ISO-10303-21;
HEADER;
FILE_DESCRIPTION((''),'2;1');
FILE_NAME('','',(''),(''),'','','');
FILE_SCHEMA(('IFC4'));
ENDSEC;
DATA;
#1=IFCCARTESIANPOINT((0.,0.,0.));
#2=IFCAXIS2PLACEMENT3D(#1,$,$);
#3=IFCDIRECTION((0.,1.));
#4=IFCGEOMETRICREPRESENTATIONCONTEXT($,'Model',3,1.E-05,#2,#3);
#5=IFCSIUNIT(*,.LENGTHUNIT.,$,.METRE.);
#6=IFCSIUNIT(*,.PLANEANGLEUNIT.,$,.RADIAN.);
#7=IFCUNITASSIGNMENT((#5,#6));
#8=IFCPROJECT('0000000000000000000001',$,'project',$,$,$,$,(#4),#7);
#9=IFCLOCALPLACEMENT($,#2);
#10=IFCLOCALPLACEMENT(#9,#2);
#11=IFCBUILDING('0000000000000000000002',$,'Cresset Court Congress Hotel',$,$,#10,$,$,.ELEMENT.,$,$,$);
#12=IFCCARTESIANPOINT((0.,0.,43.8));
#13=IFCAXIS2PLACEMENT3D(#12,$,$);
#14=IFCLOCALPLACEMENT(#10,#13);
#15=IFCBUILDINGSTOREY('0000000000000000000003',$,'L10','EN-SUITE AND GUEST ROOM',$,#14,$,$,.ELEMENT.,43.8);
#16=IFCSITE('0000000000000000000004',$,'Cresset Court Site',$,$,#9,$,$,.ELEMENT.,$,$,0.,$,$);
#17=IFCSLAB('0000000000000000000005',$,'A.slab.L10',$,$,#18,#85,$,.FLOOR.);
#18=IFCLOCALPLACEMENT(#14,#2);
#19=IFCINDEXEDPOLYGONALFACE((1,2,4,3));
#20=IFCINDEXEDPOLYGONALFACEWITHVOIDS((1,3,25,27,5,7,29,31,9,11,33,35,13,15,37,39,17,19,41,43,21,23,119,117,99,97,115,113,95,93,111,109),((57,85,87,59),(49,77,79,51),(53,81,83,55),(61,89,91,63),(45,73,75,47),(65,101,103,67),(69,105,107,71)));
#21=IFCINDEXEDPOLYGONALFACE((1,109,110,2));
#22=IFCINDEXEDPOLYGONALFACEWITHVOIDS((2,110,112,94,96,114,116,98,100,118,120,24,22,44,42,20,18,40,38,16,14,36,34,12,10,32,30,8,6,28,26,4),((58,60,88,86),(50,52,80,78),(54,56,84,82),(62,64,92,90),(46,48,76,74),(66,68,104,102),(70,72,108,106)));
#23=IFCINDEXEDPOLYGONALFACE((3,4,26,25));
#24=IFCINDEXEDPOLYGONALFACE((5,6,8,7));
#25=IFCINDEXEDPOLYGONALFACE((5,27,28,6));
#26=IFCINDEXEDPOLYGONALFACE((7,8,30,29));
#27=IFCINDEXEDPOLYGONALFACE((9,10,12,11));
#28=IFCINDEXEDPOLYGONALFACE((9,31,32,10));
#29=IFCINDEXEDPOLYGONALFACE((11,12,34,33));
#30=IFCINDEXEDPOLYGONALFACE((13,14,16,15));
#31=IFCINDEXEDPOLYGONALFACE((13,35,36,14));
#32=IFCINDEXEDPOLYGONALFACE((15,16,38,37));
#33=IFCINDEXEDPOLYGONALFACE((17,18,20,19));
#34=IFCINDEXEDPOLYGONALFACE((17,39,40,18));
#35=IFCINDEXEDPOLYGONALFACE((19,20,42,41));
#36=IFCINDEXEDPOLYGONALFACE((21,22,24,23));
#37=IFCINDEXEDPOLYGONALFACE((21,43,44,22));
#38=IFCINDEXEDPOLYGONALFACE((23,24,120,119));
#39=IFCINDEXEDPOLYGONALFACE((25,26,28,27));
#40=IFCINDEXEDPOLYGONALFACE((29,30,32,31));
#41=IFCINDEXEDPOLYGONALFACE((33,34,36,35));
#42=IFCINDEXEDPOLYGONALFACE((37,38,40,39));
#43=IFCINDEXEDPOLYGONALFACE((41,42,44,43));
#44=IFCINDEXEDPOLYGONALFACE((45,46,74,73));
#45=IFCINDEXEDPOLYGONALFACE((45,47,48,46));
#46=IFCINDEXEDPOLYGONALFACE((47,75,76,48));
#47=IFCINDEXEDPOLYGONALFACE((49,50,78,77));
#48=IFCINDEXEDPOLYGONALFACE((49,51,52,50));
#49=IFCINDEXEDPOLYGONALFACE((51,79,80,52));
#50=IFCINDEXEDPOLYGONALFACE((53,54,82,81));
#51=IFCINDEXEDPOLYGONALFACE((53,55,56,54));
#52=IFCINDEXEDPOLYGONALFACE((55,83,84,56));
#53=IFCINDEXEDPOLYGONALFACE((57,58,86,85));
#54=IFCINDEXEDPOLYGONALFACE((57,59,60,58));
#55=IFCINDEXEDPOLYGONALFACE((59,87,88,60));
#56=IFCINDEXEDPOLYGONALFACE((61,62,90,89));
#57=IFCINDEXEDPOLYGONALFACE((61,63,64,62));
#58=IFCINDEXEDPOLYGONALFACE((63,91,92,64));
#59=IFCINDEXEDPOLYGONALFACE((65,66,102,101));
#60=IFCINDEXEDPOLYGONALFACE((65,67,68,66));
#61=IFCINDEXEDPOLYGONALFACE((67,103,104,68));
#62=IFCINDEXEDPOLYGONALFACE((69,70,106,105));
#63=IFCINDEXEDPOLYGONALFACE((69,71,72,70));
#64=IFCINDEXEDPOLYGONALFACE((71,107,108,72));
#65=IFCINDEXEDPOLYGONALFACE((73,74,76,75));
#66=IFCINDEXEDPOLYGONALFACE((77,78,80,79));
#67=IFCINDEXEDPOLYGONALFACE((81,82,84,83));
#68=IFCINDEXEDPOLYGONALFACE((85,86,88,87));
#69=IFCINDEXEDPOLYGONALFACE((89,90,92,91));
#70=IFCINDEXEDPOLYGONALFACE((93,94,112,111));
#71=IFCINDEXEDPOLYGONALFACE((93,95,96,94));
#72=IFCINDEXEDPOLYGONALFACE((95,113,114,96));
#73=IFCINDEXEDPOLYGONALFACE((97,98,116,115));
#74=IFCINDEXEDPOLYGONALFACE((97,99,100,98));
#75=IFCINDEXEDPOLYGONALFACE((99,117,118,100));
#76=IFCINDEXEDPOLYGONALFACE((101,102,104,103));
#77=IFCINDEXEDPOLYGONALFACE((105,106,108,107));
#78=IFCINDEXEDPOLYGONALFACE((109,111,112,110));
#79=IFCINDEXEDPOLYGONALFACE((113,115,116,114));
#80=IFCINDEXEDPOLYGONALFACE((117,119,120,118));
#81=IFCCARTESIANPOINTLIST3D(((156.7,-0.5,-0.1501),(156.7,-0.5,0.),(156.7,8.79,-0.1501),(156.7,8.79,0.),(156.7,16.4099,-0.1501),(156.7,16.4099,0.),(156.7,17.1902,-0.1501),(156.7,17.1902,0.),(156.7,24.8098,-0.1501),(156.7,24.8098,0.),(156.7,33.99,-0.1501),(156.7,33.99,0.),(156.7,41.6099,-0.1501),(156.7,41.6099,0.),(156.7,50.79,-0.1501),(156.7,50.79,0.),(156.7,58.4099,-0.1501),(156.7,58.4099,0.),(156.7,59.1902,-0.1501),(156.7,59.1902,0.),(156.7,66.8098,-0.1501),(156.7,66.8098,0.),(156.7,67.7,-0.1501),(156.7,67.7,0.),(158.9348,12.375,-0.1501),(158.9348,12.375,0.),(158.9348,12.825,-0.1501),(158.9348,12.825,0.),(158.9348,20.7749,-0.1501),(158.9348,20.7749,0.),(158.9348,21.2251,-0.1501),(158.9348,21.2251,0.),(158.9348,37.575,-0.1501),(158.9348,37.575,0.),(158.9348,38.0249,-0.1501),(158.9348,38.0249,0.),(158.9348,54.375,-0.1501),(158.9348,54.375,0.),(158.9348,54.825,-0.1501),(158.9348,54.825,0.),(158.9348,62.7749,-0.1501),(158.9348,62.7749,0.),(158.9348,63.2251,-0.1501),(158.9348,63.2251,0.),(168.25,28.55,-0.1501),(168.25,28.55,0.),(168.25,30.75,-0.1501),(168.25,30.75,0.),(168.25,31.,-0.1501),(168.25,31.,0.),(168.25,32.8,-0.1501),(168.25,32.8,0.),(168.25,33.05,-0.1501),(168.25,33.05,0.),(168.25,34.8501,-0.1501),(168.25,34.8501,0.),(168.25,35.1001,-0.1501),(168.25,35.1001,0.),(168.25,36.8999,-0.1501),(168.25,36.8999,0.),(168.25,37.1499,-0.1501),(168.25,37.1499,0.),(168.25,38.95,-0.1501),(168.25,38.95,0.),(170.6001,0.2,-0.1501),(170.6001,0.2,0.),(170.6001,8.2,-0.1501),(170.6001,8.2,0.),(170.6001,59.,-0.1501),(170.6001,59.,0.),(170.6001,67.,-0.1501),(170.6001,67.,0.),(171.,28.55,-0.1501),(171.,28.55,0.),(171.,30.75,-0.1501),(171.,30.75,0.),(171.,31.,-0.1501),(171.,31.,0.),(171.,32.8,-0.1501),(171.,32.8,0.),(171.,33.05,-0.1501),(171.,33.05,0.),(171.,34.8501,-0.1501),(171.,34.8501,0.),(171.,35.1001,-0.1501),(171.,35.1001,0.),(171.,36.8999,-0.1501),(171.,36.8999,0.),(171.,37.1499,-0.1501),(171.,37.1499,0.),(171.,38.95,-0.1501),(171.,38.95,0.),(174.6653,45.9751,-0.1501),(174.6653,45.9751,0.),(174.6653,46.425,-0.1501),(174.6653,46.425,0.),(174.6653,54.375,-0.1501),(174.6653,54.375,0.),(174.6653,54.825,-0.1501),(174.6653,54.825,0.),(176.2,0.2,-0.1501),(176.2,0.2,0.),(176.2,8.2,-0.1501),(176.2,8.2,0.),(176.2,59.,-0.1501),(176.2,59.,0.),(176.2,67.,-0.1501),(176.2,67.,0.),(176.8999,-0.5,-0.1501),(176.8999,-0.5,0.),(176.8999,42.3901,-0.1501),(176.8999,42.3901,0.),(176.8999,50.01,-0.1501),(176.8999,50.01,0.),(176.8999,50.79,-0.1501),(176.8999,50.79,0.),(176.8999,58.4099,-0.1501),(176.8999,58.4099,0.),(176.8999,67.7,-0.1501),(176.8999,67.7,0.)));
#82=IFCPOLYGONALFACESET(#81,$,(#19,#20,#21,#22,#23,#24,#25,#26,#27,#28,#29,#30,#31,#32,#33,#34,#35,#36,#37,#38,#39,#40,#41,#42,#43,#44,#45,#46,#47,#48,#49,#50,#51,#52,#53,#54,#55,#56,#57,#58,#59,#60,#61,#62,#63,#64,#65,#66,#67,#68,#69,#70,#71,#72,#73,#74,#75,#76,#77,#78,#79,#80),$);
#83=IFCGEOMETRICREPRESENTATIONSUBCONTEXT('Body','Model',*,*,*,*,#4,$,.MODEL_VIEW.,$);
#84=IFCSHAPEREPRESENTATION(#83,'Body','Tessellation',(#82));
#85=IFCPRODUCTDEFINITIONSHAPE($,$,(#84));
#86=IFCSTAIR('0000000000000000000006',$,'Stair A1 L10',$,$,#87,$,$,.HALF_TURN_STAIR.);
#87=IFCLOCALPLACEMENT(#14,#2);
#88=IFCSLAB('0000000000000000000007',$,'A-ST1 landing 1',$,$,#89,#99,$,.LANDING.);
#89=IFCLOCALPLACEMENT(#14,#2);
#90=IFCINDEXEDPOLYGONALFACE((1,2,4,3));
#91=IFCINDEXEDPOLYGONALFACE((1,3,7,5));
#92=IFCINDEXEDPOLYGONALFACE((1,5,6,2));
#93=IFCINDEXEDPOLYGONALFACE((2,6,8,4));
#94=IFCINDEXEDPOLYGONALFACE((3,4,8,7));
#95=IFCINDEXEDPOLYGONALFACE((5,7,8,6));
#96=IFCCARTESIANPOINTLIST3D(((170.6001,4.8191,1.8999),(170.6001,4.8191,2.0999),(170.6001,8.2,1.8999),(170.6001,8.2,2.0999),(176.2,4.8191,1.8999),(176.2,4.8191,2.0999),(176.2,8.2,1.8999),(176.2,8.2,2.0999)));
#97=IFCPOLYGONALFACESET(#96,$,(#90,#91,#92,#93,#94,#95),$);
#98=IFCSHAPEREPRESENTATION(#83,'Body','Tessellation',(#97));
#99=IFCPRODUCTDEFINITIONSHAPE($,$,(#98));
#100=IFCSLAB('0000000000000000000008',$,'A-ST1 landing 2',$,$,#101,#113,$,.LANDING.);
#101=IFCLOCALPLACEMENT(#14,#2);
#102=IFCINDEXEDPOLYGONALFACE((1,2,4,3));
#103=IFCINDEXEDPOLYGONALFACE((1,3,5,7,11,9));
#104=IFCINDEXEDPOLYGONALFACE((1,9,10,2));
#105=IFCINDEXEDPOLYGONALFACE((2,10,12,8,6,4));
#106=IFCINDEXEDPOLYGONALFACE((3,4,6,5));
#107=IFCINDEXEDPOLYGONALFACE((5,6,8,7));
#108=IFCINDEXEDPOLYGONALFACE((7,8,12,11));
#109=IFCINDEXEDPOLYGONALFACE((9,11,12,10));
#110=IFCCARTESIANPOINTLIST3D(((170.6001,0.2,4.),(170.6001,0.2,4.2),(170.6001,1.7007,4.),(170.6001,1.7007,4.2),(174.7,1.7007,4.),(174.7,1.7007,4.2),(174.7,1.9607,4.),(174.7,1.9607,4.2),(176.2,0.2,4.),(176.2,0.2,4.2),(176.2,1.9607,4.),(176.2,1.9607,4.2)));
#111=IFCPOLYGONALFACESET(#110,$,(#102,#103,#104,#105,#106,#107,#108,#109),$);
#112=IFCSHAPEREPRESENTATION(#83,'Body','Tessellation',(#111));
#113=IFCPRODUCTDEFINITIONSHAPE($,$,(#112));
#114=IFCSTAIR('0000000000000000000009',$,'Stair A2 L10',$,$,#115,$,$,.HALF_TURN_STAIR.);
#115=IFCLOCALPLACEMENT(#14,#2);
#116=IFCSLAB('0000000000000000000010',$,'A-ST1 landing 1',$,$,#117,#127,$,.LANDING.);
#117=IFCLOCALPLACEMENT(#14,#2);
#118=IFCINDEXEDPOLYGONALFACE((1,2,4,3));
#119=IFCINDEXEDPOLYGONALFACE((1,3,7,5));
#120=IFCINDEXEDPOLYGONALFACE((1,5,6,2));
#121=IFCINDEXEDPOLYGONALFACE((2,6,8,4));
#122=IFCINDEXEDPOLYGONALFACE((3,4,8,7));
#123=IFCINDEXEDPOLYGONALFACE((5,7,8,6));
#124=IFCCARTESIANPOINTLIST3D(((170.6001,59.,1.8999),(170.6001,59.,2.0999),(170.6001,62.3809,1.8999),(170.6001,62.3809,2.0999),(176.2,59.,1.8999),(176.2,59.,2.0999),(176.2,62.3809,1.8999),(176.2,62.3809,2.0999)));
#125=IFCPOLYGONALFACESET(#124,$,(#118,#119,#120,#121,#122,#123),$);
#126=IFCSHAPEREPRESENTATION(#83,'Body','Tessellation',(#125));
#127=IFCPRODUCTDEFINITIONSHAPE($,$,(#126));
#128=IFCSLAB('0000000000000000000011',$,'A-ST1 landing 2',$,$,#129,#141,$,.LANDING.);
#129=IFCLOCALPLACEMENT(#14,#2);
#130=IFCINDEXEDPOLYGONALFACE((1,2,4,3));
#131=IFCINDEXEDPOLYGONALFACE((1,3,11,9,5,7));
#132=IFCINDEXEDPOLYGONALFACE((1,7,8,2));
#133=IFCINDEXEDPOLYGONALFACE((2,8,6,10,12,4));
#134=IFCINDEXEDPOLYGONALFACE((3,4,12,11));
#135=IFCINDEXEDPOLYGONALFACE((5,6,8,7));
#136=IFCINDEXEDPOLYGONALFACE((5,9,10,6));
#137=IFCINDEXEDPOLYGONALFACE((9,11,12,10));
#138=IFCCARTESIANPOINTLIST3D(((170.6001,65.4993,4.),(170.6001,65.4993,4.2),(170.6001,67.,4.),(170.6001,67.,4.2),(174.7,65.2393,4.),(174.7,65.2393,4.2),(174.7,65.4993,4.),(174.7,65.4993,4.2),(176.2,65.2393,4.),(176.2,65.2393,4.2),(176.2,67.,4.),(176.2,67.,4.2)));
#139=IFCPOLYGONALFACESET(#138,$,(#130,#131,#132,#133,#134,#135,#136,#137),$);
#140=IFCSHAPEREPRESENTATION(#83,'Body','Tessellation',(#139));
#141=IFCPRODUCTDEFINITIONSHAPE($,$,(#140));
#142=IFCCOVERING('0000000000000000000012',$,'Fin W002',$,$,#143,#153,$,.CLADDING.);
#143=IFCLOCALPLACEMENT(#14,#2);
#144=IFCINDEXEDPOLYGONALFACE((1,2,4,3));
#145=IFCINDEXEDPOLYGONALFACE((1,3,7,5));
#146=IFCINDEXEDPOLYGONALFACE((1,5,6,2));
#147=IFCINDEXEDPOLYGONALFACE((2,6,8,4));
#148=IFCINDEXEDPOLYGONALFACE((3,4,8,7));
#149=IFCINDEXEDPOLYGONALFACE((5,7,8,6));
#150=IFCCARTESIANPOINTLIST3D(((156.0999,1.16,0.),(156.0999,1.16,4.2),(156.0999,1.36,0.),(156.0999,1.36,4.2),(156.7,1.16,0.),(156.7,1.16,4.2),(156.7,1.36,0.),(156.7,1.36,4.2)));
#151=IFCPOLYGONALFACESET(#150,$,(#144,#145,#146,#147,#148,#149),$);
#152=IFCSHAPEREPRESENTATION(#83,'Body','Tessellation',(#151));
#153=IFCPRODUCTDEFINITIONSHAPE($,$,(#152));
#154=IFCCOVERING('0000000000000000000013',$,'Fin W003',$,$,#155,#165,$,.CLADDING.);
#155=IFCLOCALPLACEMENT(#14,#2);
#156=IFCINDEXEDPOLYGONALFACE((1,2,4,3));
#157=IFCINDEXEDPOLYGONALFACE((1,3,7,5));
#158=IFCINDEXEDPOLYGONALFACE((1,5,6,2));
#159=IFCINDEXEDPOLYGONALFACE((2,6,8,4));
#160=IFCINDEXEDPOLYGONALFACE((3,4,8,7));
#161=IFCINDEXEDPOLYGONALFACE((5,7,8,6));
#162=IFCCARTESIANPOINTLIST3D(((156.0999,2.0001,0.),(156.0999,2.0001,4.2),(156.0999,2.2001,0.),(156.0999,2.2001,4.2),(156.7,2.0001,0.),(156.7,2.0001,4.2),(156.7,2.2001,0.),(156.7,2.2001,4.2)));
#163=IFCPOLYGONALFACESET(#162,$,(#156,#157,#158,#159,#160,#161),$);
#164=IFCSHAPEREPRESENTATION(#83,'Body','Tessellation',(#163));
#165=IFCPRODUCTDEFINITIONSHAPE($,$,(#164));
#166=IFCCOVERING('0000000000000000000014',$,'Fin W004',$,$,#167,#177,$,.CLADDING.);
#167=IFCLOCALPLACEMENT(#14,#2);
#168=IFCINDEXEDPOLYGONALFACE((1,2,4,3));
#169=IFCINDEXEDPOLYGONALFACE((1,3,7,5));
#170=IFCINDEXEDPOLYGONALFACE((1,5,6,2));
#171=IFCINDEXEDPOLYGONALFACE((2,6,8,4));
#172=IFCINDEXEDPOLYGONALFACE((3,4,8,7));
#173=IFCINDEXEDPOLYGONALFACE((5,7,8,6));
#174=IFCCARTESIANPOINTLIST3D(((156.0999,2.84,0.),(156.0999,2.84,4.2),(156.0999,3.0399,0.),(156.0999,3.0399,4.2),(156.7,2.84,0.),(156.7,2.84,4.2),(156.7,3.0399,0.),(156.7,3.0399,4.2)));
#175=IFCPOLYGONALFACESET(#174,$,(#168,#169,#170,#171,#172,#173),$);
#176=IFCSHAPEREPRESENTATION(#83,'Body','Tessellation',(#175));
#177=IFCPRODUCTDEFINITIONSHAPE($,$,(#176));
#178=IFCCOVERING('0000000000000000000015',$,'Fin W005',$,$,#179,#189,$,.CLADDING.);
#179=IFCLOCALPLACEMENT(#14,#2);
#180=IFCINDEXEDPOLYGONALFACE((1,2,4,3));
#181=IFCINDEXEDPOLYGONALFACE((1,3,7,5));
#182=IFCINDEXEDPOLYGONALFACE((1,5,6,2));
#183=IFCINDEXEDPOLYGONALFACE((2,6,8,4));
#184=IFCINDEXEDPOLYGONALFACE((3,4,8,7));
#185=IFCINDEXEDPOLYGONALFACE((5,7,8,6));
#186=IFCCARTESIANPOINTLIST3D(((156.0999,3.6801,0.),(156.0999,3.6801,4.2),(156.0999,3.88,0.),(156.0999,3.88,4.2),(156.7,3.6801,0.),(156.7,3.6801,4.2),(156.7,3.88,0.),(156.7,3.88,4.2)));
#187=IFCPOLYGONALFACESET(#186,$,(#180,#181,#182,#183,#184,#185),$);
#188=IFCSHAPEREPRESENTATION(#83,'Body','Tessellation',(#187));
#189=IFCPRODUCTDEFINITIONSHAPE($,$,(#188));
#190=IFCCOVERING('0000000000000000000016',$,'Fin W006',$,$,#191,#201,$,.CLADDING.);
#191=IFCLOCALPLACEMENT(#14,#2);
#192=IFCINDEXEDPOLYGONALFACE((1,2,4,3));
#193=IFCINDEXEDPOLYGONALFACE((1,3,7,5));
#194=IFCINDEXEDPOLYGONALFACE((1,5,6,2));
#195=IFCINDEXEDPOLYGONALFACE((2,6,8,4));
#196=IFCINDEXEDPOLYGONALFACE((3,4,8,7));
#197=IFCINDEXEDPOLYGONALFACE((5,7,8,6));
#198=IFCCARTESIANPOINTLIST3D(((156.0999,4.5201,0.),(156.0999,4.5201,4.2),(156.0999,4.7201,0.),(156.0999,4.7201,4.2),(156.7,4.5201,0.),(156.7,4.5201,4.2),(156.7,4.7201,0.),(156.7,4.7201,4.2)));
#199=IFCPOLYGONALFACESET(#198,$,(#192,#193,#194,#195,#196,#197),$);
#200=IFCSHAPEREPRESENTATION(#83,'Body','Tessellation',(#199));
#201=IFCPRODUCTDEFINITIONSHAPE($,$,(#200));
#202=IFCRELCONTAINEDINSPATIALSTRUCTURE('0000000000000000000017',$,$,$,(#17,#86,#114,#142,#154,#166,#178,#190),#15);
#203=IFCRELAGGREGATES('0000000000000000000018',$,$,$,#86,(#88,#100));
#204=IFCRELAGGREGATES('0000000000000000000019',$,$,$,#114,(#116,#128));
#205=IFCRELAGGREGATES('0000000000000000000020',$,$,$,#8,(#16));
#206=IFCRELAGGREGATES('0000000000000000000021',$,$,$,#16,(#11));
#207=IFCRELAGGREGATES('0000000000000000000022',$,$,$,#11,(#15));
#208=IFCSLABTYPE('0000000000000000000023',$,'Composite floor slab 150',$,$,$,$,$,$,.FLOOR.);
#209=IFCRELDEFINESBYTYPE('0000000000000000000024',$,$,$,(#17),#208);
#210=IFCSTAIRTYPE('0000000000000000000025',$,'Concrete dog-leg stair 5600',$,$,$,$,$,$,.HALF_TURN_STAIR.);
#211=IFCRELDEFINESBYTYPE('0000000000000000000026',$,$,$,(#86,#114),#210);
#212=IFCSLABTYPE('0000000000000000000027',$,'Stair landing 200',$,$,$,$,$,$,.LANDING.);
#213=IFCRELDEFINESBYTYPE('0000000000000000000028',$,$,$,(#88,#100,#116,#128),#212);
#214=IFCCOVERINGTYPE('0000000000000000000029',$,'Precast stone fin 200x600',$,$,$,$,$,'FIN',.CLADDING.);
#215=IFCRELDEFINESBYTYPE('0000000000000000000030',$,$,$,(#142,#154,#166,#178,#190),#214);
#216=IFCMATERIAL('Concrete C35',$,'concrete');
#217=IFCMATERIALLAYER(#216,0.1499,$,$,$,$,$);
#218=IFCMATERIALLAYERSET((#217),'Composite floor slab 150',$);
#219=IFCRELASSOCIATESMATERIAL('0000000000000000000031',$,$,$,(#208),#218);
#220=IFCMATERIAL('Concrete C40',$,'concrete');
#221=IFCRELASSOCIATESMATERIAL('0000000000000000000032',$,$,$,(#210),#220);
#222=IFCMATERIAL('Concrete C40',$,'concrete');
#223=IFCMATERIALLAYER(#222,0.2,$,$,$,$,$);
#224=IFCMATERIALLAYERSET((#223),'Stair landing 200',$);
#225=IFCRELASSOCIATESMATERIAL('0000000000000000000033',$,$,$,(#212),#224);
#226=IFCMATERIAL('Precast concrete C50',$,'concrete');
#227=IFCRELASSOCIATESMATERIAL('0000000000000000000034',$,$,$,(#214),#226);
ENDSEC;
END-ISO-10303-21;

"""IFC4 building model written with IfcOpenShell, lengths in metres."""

from ifc_helpers import new_model, si_unit, direction, frame, origin, origin_2d, place, context, subcontext, project, spatial, polyline, rectangle, outline, extrude, material, layer, layer_set, type_object, element, aggregate, save


model = new_model("IFC4")

# Units and contexts
model_context = context("Model", 3, precision=1e-05, world=origin(), true_north=direction((0.0, 1.0)))
body_context = subcontext(model_context, "Body", "Model", "MODEL_VIEW")
ifc_project = project(units=[si_unit("LENGTHUNIT", "METRE"), si_unit("PLANEANGLEUNIT", "RADIAN")], contexts=[model_context])

# Site, building, storey
site_placement = place(None, origin())
site = spatial("IfcSite", under=ifc_project, at=site_placement, Name="Cresset Court Site", CompositionType="ELEMENT", RefElevation=0.0)
building_placement = place(site_placement, origin())
building = spatial("IfcBuilding", under=site, at=building_placement, Name="Cresset Court Congress Hotel", CompositionType="ELEMENT")
storey_placement = place(building_placement, frame((0.0, 0.0, 43.8)))
storey = spatial("IfcBuildingStorey", under=building, at=storey_placement, Name="L10", Description="EN-SUITE AND GUEST ROOM", CompositionType="ELEMENT", Elevation=43.8)

# Slab
ifc_material_1 = material(Name="Concrete C35", Category="concrete")
ifc_layer_1 = layer(ifc_material_1, 0.1499)
ifc_layer_set_1 = layer_set([ifc_layer_1], Name="Composite floor slab 150")
slab_type_1 = type_object("IfcSlabType", Name="Composite floor slab 150", PredefinedType="FLOOR", material=ifc_layer_set_1)
slab_1_placement = place(storey_placement, frame((0.0, 0.0, -0.1501)))
element("IfcSlab", 1, at=slab_1_placement, inside=storey, type_object=slab_type_1, Name="A.slab.L10", PredefinedType="FLOOR", context=body_context, shape_type="SweptSolid", body=[
    extrude(outline(polyline([(156.7, -0.5), (176.8999, -0.5), (176.8999, 42.3901), (174.6653, 45.9751), (174.6653, 46.425), (176.8999, 50.01), (176.8999, 50.79), (174.6653, 54.375), (174.6653, 54.825), (176.8999, 58.4099), (176.8999, 67.7), (156.7, 67.7), (156.7, 66.8098), (158.9348, 63.2251), (158.9348, 62.7749), (156.7, 59.1902), (156.7, 58.4099), (158.9348, 54.825), (158.9348, 54.375), (156.7, 50.79), (156.7, 41.6099), (158.9348, 38.0249), (158.9348, 37.575), (156.7, 33.99), (156.7, 24.8098), (158.9348, 21.2251), (158.9348, 20.7749), (156.7, 17.1902), (156.7, 16.4099), (158.9348, 12.825), (158.9348, 12.375), (156.7, 8.79), (156.7, -0.5)]), holes=[polyline([(170.6001, 0.2), (176.2, 0.2), (176.2, 8.2), (170.6001, 8.2), (170.6001, 0.2)]), polyline([(170.6001, 59.0), (176.2, 59.0), (176.2, 67.0), (170.6001, 67.0), (170.6001, 59.0)]), polyline([(168.25, 28.55), (171.0, 28.55), (171.0, 30.75), (168.25, 30.75), (168.25, 28.55)]), polyline([(168.25, 31.0), (171.0, 31.0), (171.0, 32.8), (168.25, 32.8), (168.25, 31.0)]), polyline([(168.25, 33.05), (171.0, 33.05), (171.0, 34.8501), (168.25, 34.8501), (168.25, 33.05)]), polyline([(168.25, 35.1001), (171.0, 35.1001), (171.0, 36.8999), (168.25, 36.8999), (168.25, 35.1001)]), polyline([(168.25, 37.1499), (171.0, 37.1499), (171.0, 38.95), (168.25, 38.95), (168.25, 37.1499)])]), origin(), (0.0, 0.0, 1.0), 0.1501),
])

# Stairs, slabs
ifc_material_2 = material(Name="Concrete C40", Category="concrete")
stair_type = type_object("IfcStairType", Name="Concrete dog-leg stair 5600", PredefinedType="HALF_TURN_STAIR", material=ifc_material_2)
stair_1_placement = place(storey_placement, origin())
stair_1 = element("IfcStair", 2, at=stair_1_placement, inside=storey, type_object=stair_type, Name="Stair A1 L10", PredefinedType="HALF_TURN_STAIR")
ifc_material_3 = material(Name="Concrete C40", Category="concrete")
ifc_layer_2 = layer(ifc_material_3, 0.2)
ifc_layer_set_2 = layer_set([ifc_layer_2], Name="Stair landing 200")
slab_type_2 = type_object("IfcSlabType", Name="Stair landing 200", PredefinedType="LANDING", material=ifc_layer_set_2)
slab_2_placement = place(storey_placement, frame((0.0, 0.0, 1.8999)))
slab_2 = element("IfcSlab", 3, at=slab_2_placement, type_object=slab_type_2, Name="A-ST1 landing 1", PredefinedType="LANDING", context=body_context, shape_type="SweptSolid", body=[
    extrude(outline(polyline([(170.6001, 4.8191), (176.2, 4.8191), (176.2, 8.2), (170.6001, 8.2), (170.6001, 4.8191)])), origin(), (0.0, 0.0, 1.0), 0.2),
])
slab_3_placement = place(storey_placement, frame((0.0, 0.0, 4.0)))
slab_3 = element("IfcSlab", 4, at=slab_3_placement, type_object=slab_type_2, Name="A-ST1 landing 2", PredefinedType="LANDING", context=body_context, shape_type="SweptSolid", body=[
    extrude(outline(polyline([(170.6001, 0.2), (176.2, 0.2), (176.2, 1.9607), (174.7, 1.9607), (174.7, 1.7007), (170.6001, 1.7007), (170.6001, 0.2)])), origin(), (0.0, 0.0, 1.0), 0.2),
])
aggregate(stair_1, [slab_2, slab_3])
stair_2_placement = place(storey_placement, origin())
stair_2 = element("IfcStair", 5, at=stair_2_placement, inside=storey, type_object=stair_type, Name="Stair A2 L10", PredefinedType="HALF_TURN_STAIR")
slab_4_placement = place(storey_placement, frame((0.0, 0.0, 1.8999)))
slab_4 = element("IfcSlab", 6, at=slab_4_placement, type_object=slab_type_2, Name="A-ST1 landing 1", PredefinedType="LANDING", context=body_context, shape_type="SweptSolid", body=[
    extrude(outline(polyline([(170.6001, 62.3809), (176.2, 62.3809), (176.2, 59.0), (170.6001, 59.0), (170.6001, 62.3809)])), origin(), (0.0, 0.0, 1.0), 0.2),
])
slab_5_placement = place(storey_placement, frame((0.0, 0.0, 4.0)))
slab_5 = element("IfcSlab", 7, at=slab_5_placement, type_object=slab_type_2, Name="A-ST1 landing 2", PredefinedType="LANDING", context=body_context, shape_type="SweptSolid", body=[
    extrude(outline(polyline([(170.6001, 67.0), (176.2, 67.0), (176.2, 65.2393), (174.7, 65.2393), (174.7, 65.4993), (170.6001, 65.4993), (170.6001, 67.0)])), origin(), (0.0, 0.0, 1.0), 0.2),
])
aggregate(stair_2, [slab_4, slab_5])

# Coverings
ifc_material_4 = material(Name="Precast concrete C50", Category="concrete")
covering_type_1 = type_object("IfcCoveringType", Name="Precast stone fin 200x600", ElementType="FIN", PredefinedType="CLADDING", material=ifc_material_4)
for number, where, z_axis, x_axis, name in (
    (8, (156.3999, 1.26, 0.0), (0.0, 0.0, 1.0), (1.0, 0.0, 0.0), "Fin W002"),
    (9, (156.3999, 2.1001, 0.0), (0.0, 0.0, 1.0), (1.0, 0.0, 0.0), "Fin W003"),
    (10, (156.3999, 2.9399, 0.0), (0.0, 0.0, 1.0), (1.0, 0.0, 0.0), "Fin W004"),
    (11, (156.3999, 3.78, 0.0), (0.0, 0.0, 1.0), (1.0, 0.0, 0.0), "Fin W005"),
    (12, (156.3999, 4.6201, 0.0), (0.0, 0.0, 1.0), (1.0, 0.0, 0.0), "Fin W006"),
):
    element("IfcCovering", number, at=place(storey_placement, frame(where, z_axis=z_axis, x_axis=x_axis)), inside=storey, type_object=covering_type_1, Name=name, PredefinedType="CLADDING", context=body_context, shape_type="SweptSolid", body=[
        extrude(rectangle(XDim=0.6001, YDim=0.2, at=origin_2d()), origin(), (0.0, 0.0, 1.0), 4.2),
    ])

save(model, "model.ifc")
